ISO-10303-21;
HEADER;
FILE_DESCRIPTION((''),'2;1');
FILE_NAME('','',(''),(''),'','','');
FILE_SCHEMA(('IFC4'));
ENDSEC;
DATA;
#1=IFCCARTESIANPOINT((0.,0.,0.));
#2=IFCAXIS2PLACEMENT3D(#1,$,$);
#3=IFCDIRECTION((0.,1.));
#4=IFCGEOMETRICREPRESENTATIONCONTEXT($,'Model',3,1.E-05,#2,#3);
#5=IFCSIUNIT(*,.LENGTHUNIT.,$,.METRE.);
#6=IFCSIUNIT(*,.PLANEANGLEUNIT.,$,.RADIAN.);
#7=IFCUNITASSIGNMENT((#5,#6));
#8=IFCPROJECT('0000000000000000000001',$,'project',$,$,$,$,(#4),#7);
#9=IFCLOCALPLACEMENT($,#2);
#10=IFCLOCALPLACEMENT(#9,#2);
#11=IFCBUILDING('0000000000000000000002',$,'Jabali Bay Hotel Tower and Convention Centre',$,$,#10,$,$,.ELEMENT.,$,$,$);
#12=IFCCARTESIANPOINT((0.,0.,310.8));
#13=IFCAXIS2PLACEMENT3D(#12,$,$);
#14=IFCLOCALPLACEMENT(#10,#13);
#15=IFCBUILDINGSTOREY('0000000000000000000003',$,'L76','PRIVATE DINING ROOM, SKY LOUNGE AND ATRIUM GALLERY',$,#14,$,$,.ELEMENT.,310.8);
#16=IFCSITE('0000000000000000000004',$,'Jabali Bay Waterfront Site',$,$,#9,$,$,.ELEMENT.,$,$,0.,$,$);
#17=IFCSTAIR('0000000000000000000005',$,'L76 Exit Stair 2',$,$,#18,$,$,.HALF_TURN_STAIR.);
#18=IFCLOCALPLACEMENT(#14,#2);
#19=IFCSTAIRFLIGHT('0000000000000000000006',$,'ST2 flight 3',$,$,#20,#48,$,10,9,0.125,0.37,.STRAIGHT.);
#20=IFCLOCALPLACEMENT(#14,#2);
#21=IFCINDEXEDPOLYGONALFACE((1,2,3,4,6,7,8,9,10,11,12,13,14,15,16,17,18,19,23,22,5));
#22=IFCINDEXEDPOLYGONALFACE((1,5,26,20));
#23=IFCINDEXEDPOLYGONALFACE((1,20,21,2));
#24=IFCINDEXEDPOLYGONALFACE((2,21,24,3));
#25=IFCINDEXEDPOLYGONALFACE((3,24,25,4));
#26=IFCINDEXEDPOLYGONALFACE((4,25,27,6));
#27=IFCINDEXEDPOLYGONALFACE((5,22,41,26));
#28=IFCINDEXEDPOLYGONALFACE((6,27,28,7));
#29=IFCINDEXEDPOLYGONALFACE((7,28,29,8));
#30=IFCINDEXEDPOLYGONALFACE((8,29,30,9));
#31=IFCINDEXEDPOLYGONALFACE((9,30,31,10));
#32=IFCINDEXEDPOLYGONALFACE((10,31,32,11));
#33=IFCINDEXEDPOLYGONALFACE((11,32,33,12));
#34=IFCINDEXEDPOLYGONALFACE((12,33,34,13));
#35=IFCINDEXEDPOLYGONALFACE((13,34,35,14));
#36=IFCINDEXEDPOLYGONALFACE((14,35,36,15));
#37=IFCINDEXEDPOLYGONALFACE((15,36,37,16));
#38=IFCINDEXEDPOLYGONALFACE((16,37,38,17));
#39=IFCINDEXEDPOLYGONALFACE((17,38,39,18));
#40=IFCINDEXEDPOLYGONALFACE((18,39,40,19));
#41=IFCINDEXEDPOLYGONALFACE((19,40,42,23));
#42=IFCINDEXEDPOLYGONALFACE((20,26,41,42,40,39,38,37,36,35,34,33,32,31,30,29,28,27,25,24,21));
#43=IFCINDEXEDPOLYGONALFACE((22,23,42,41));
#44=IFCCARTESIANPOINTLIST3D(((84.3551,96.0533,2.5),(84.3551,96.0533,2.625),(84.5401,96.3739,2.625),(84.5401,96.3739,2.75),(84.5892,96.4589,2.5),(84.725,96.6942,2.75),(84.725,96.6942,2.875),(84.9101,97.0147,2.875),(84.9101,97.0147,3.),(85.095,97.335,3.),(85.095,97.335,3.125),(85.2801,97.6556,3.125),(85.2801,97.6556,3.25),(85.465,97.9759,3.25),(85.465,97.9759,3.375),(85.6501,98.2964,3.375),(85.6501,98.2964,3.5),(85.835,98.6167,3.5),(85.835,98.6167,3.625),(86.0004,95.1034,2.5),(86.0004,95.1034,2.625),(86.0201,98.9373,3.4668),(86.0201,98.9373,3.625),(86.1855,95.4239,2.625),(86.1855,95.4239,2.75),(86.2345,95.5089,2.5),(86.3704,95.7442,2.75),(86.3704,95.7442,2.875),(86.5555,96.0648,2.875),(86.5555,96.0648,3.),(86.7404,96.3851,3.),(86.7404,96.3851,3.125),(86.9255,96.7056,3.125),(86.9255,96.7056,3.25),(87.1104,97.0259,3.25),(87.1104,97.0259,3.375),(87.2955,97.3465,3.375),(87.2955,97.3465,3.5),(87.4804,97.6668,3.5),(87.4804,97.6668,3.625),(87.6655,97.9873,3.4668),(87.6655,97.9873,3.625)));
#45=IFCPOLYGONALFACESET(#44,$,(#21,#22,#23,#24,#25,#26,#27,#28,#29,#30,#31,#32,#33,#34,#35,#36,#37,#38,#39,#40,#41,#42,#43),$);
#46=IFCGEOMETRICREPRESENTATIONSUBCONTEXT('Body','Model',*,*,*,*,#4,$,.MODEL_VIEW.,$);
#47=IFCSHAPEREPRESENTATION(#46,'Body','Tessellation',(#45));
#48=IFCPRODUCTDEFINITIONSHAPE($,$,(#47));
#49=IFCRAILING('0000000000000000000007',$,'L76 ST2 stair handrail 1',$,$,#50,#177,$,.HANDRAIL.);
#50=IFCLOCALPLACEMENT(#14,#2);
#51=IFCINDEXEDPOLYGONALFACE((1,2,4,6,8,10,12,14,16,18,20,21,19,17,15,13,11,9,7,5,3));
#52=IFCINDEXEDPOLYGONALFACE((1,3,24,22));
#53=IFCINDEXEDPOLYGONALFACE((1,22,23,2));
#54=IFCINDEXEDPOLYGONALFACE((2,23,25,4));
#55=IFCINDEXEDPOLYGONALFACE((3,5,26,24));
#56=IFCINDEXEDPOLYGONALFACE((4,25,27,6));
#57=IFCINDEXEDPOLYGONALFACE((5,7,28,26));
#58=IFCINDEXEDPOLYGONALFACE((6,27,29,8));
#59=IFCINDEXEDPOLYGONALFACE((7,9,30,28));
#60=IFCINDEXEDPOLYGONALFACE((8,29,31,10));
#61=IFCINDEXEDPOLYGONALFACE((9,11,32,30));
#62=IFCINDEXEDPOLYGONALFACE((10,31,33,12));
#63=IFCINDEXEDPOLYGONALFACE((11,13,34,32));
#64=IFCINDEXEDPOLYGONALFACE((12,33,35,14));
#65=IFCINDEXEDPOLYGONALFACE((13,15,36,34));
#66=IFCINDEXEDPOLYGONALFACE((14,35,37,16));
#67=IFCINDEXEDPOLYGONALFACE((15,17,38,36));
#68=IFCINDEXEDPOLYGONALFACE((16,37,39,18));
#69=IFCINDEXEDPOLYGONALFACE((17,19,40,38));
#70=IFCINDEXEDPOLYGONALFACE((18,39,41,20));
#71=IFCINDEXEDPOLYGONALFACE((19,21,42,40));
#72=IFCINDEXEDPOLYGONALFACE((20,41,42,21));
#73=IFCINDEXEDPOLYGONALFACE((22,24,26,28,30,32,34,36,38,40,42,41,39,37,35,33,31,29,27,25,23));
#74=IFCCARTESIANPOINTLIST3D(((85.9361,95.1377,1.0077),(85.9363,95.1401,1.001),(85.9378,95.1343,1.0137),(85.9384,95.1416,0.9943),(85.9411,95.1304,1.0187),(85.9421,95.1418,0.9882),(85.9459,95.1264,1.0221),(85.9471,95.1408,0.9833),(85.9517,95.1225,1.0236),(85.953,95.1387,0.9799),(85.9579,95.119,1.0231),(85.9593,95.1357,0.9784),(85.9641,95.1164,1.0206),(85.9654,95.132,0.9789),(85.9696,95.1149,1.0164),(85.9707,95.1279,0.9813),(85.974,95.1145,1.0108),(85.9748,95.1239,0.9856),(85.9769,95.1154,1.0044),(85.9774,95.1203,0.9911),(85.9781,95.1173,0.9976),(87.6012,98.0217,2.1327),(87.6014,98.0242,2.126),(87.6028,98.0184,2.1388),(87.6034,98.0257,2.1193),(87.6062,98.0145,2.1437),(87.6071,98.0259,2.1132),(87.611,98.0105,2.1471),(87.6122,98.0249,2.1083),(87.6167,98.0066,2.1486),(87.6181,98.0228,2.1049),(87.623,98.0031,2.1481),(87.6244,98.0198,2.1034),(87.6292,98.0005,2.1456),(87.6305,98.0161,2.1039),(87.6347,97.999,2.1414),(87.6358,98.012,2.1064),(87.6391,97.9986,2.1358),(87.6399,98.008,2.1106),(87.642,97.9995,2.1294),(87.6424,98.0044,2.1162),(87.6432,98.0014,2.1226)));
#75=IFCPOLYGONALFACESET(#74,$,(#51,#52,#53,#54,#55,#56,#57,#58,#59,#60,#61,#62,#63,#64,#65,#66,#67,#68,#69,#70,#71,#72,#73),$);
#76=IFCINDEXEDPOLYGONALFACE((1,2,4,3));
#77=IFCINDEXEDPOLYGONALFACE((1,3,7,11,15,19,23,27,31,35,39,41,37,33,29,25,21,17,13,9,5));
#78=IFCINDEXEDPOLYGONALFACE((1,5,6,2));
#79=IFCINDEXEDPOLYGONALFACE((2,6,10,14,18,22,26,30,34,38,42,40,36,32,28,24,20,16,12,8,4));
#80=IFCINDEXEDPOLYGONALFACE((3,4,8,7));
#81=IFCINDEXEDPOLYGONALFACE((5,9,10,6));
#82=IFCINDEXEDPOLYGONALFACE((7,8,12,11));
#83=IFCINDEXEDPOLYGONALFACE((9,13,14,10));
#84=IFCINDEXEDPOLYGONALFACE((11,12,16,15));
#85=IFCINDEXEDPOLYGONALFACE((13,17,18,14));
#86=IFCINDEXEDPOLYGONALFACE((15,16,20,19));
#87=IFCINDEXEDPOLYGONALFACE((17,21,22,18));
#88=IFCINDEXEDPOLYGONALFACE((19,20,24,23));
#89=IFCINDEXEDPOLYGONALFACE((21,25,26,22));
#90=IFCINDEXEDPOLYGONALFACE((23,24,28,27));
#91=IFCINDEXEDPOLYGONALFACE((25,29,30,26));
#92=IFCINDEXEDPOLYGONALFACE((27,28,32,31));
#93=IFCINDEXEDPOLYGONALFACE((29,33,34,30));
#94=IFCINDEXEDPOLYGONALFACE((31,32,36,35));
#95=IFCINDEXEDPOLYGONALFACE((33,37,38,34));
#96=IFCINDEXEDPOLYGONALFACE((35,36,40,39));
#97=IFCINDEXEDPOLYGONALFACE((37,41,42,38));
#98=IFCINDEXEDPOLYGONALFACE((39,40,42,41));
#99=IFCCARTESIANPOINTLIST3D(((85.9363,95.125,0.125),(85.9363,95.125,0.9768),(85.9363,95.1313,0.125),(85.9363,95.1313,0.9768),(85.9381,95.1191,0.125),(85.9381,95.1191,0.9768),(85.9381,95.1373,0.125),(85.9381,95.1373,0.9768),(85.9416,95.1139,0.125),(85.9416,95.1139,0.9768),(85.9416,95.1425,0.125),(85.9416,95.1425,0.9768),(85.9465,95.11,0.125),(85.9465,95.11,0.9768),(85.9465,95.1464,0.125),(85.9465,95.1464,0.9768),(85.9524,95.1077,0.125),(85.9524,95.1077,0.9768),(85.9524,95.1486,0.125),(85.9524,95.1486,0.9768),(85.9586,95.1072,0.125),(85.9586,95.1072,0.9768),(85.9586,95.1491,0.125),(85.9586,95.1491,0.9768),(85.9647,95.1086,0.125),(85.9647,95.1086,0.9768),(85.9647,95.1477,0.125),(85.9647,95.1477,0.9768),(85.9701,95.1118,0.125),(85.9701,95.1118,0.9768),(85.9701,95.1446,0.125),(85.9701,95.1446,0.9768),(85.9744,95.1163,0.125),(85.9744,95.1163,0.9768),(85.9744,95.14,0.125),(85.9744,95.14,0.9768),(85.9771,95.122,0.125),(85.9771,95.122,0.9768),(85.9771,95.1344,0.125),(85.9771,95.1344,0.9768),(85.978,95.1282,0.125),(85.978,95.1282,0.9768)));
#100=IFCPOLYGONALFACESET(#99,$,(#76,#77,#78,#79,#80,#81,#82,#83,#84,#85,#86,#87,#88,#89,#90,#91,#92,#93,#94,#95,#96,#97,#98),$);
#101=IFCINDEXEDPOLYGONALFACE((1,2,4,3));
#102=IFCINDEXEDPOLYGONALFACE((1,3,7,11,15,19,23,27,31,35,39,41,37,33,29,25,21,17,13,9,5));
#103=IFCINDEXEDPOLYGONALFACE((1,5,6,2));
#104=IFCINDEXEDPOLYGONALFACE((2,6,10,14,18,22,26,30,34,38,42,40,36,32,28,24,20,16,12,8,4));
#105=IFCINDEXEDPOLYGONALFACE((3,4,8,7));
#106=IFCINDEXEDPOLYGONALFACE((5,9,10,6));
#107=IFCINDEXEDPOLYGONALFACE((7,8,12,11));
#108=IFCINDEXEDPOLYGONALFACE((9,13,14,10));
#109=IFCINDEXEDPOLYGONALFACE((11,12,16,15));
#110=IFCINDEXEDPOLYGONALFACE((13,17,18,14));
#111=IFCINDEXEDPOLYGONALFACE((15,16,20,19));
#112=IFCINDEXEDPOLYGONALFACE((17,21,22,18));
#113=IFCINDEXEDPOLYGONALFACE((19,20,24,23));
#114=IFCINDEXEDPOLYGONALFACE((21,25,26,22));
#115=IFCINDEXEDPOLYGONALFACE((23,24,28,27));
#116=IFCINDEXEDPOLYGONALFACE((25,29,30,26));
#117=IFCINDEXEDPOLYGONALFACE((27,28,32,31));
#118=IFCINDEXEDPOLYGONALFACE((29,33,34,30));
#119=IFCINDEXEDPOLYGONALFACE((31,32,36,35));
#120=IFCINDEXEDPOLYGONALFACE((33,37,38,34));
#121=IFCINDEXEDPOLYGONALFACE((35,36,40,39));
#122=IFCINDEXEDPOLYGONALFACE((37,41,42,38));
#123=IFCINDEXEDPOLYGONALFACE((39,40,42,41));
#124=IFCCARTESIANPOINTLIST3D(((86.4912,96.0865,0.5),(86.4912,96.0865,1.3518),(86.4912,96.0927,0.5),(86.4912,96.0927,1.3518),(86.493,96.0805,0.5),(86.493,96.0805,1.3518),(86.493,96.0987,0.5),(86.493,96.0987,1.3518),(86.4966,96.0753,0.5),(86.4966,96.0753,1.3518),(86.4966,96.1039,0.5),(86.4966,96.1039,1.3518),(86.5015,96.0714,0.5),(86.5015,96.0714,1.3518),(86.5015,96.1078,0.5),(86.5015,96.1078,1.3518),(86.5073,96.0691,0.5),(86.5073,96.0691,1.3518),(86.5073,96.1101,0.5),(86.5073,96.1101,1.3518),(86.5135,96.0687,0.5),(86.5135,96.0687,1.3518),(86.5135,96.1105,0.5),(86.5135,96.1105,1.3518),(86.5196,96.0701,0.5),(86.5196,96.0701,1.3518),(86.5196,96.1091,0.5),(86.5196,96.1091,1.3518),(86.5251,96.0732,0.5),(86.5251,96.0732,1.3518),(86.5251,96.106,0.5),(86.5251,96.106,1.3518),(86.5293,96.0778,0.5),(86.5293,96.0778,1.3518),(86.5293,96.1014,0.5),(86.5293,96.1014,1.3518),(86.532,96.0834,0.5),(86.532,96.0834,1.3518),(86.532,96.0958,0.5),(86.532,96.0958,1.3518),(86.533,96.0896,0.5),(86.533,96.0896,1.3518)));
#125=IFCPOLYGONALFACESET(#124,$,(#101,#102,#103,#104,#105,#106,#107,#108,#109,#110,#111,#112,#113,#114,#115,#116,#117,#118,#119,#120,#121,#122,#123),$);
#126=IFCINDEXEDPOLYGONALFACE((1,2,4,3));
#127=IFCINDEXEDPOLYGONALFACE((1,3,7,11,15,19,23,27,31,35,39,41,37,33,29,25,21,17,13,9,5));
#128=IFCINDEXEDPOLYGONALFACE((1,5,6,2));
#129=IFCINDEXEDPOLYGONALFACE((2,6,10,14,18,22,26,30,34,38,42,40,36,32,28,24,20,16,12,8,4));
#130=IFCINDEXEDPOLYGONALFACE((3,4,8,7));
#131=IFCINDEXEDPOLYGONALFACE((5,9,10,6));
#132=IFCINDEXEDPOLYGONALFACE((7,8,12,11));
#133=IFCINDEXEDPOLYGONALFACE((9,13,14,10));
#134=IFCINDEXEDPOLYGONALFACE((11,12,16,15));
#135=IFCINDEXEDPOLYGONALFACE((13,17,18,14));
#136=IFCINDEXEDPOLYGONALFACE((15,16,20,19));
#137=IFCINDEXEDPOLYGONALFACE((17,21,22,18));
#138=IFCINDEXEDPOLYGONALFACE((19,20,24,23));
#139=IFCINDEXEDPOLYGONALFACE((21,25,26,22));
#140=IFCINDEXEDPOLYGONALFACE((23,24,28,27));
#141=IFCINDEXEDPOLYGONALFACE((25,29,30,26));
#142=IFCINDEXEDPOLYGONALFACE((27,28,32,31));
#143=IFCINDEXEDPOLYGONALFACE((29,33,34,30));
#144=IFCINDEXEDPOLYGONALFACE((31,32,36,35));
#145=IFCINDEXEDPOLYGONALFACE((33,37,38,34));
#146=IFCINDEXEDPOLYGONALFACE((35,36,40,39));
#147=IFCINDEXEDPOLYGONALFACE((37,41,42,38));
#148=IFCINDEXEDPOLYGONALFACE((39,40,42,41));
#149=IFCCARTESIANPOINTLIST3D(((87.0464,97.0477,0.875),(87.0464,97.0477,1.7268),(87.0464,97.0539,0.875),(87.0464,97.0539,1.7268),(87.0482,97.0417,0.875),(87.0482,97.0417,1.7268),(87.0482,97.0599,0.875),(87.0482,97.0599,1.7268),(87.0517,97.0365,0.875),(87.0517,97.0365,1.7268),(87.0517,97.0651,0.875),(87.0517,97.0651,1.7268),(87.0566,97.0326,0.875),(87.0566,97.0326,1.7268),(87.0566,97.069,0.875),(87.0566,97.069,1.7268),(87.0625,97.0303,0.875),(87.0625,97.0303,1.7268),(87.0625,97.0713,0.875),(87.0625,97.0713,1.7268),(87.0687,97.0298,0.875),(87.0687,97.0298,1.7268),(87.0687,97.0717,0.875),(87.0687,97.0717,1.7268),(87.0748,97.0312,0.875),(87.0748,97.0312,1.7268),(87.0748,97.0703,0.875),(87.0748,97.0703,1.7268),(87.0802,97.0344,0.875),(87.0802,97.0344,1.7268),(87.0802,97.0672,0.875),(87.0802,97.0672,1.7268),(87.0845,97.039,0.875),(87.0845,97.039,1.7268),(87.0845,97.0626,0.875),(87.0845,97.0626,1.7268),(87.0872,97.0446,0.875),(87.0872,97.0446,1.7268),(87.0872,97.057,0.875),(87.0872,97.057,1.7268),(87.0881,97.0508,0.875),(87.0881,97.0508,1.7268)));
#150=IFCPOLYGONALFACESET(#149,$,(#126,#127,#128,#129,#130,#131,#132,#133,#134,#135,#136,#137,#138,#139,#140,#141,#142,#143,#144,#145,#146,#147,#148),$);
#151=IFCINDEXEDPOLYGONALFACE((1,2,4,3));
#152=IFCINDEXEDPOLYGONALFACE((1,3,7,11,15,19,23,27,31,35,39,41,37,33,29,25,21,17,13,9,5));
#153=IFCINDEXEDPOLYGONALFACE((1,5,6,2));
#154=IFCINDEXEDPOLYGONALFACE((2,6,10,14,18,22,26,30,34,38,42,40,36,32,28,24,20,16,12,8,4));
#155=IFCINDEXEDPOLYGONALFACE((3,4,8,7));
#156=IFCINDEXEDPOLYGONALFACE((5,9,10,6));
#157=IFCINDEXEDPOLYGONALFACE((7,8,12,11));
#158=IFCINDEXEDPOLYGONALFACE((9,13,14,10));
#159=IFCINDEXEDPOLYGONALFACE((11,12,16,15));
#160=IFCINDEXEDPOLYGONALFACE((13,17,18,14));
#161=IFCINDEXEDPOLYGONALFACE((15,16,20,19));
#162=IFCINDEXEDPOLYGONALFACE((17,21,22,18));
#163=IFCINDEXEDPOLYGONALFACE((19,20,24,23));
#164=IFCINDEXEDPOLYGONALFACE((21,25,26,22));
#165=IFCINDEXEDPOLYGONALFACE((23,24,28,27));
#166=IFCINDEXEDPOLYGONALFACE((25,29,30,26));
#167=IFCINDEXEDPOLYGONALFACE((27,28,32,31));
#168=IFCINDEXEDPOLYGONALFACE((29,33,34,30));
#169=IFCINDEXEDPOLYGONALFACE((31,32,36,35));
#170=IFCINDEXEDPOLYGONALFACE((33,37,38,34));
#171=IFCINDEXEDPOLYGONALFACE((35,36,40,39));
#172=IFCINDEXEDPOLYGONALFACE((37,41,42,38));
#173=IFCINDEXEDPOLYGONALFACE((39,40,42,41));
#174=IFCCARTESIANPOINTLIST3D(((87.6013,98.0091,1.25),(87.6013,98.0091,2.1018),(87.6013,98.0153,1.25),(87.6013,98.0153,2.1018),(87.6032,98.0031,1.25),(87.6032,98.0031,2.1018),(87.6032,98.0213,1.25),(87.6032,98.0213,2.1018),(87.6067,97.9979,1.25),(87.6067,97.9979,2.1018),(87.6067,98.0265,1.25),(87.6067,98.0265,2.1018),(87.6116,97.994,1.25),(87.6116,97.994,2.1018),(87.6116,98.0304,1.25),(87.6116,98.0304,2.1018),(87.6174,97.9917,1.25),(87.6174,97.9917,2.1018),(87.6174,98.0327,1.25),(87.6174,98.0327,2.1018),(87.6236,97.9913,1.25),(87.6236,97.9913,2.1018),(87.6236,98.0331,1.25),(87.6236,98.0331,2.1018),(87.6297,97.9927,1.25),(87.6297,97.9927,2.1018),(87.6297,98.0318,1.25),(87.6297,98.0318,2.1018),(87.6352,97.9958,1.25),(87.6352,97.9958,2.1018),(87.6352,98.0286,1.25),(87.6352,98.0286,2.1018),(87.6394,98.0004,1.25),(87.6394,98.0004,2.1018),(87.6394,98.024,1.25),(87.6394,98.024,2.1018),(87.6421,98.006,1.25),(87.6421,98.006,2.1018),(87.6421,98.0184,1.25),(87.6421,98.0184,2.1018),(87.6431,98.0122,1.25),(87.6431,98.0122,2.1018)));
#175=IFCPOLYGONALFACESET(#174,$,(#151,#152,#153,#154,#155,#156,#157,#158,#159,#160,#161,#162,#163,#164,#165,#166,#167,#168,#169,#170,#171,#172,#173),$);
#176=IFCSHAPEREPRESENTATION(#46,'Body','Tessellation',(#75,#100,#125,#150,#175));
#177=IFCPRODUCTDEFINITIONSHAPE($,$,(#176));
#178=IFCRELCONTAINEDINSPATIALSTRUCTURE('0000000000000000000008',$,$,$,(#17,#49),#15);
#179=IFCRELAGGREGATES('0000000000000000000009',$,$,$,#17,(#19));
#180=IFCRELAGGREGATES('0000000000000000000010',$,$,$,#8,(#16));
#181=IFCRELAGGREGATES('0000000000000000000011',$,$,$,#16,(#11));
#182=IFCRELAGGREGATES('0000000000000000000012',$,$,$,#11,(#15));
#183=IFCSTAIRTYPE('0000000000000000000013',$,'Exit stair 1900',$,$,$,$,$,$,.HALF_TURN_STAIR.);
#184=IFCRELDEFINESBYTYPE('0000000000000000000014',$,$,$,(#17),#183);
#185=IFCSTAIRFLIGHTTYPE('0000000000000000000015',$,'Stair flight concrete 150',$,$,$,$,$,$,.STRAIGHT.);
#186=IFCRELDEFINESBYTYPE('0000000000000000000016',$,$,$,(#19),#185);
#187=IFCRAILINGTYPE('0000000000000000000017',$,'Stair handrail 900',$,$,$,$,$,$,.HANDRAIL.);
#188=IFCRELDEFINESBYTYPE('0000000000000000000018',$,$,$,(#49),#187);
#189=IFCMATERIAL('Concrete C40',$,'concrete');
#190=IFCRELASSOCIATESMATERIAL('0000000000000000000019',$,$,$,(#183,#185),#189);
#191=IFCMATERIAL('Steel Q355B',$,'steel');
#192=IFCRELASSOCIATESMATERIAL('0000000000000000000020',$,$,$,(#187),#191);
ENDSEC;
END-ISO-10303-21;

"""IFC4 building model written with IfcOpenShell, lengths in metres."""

from ifc_helpers import new_model, si_unit, direction, frame, origin, origin_2d, place, context, subcontext, project, spatial, polyline, circle, outline, extrude, material, type_object, element, aggregate, save


model = new_model("IFC4")

# Units and contexts
model_context = context("Model", 3, precision=1e-05, world=origin(), true_north=direction((0.0, 1.0)))
body_context = subcontext(model_context, "Body", "Model", "MODEL_VIEW")
ifc_project = project(units=[si_unit("LENGTHUNIT", "METRE"), si_unit("PLANEANGLEUNIT", "RADIAN")], contexts=[model_context])

# Site, building, storey
site_placement = place(None, origin())
site = spatial("IfcSite", under=ifc_project, at=site_placement, Name="Jabali Bay Waterfront Site", CompositionType="ELEMENT", RefElevation=0.0)
building_placement = place(site_placement, origin())
building = spatial("IfcBuilding", under=site, at=building_placement, Name="Jabali Bay Hotel Tower and Convention Centre", CompositionType="ELEMENT")
storey_placement = place(building_placement, frame((0.0, 0.0, 310.8)))
storey = spatial("IfcBuildingStorey", under=building, at=storey_placement, Name="L76", Description="PRIVATE DINING ROOM, SKY LOUNGE AND ATRIUM GALLERY", CompositionType="ELEMENT", Elevation=310.8)

# Shared definitions
ifc_material_1 = material(Name="Concrete C40", Category="concrete")

# Stair, stair flight
stair_type = type_object("IfcStairType", Name="Exit stair 1900", PredefinedType="HALF_TURN_STAIR", material=ifc_material_1)
stair_placement = place(storey_placement, origin())
stair = element("IfcStair", 1, at=stair_placement, inside=storey, type_object=stair_type, Name="L76 Exit Stair 2", PredefinedType="HALF_TURN_STAIR")
stair_flight_type = type_object("IfcStairFlightType", Name="Stair flight concrete 150", PredefinedType="STRAIGHT", material=ifc_material_1)
stair_flight_1_placement = place(storey_placement, frame((85.1777, 95.5784, 2.5), z_axis=(0.0, 0.0, 1.0), x_axis=(0.5, 0.866025, 0.0)))
stair_flight_1 = element("IfcStairFlight", 2, at=stair_flight_1_placement, type_object=stair_flight_type, Name="ST2 flight 3", NumberOfRisers=10, NumberOfTreads=9, PredefinedType="STRAIGHT", RiserHeight=0.125, TreadLength=0.37, context=body_context, shape_type="SweptSolid", body=[
    extrude(outline(polyline([(0.0, 0.0), (0.0, 0.125), (0.3701, 0.125), (0.3701, 0.25), (0.74, 0.25), (0.74, 0.375), (1.1101, 0.375), (1.1101, 0.5), (1.48, 0.5), (1.48, 0.625), (1.8501, 0.625), (1.8501, 0.75), (2.22, 0.75), (2.22, 0.875), (2.5901, 0.875), (2.5901, 1.0), (2.96, 1.0), (2.96, 1.125), (3.3301, 1.125), (3.3301, 1.25), (3.3301, 0.9668), (0.4683, 0.0), (0.0, 0.0)])), frame((0.0, 0.95, 0.0), z_axis=(0.0, -1.0, 0.0), x_axis=(1.0, 0.0, 0.0)), (0.0, 0.0, 1.0), 1.8999),
])
aggregate(stair, [stair_flight_1])

# Railing
ifc_material_2 = material(Name="Steel Q355B", Category="steel")
railing_type_1 = type_object("IfcRailingType", Name="Stair handrail 900", PredefinedType="HANDRAIL", material=ifc_material_2)
for number, where, name in (
    (3, (85.957, 95.1282, 0.125), "L76 ST2 stair handrail 1"),
):
    element("IfcRailing", number, at=place(storey_placement, frame(where)), inside=storey, type_object=railing_type_1, Name=name, PredefinedType="HANDRAIL", context=body_context, shape_type="SweptSolid", body=[
        extrude(circle(Radius=0.0239, at=origin_2d()), frame((0.0, 0.0, 0.876), z_axis=(0.473688, 0.82048, 0.320052), x_axis=(-0.866033, 0.499987, 0.0)), (0.0, 0.0, 1.0), 3.5151),
        extrude(circle(Radius=0.021, at=origin_2d()), origin(), (0.0, 0.0, 1.0), 0.8518),
        extrude(circle(Radius=0.021, at=origin_2d()), frame((0.5549, 0.9614, 0.375)), (0.0, 0.0, 1.0), 0.8518),
        extrude(circle(Radius=0.021, at=origin_2d()), frame((1.1101, 1.9226, 0.75)), (0.0, 0.0, 1.0), 0.8518),
        extrude(circle(Radius=0.021, at=origin_2d()), frame((1.665, 2.884, 1.125)), (0.0, 0.0, 1.0), 0.8518),
    ])

save(model, "model.ifc")
